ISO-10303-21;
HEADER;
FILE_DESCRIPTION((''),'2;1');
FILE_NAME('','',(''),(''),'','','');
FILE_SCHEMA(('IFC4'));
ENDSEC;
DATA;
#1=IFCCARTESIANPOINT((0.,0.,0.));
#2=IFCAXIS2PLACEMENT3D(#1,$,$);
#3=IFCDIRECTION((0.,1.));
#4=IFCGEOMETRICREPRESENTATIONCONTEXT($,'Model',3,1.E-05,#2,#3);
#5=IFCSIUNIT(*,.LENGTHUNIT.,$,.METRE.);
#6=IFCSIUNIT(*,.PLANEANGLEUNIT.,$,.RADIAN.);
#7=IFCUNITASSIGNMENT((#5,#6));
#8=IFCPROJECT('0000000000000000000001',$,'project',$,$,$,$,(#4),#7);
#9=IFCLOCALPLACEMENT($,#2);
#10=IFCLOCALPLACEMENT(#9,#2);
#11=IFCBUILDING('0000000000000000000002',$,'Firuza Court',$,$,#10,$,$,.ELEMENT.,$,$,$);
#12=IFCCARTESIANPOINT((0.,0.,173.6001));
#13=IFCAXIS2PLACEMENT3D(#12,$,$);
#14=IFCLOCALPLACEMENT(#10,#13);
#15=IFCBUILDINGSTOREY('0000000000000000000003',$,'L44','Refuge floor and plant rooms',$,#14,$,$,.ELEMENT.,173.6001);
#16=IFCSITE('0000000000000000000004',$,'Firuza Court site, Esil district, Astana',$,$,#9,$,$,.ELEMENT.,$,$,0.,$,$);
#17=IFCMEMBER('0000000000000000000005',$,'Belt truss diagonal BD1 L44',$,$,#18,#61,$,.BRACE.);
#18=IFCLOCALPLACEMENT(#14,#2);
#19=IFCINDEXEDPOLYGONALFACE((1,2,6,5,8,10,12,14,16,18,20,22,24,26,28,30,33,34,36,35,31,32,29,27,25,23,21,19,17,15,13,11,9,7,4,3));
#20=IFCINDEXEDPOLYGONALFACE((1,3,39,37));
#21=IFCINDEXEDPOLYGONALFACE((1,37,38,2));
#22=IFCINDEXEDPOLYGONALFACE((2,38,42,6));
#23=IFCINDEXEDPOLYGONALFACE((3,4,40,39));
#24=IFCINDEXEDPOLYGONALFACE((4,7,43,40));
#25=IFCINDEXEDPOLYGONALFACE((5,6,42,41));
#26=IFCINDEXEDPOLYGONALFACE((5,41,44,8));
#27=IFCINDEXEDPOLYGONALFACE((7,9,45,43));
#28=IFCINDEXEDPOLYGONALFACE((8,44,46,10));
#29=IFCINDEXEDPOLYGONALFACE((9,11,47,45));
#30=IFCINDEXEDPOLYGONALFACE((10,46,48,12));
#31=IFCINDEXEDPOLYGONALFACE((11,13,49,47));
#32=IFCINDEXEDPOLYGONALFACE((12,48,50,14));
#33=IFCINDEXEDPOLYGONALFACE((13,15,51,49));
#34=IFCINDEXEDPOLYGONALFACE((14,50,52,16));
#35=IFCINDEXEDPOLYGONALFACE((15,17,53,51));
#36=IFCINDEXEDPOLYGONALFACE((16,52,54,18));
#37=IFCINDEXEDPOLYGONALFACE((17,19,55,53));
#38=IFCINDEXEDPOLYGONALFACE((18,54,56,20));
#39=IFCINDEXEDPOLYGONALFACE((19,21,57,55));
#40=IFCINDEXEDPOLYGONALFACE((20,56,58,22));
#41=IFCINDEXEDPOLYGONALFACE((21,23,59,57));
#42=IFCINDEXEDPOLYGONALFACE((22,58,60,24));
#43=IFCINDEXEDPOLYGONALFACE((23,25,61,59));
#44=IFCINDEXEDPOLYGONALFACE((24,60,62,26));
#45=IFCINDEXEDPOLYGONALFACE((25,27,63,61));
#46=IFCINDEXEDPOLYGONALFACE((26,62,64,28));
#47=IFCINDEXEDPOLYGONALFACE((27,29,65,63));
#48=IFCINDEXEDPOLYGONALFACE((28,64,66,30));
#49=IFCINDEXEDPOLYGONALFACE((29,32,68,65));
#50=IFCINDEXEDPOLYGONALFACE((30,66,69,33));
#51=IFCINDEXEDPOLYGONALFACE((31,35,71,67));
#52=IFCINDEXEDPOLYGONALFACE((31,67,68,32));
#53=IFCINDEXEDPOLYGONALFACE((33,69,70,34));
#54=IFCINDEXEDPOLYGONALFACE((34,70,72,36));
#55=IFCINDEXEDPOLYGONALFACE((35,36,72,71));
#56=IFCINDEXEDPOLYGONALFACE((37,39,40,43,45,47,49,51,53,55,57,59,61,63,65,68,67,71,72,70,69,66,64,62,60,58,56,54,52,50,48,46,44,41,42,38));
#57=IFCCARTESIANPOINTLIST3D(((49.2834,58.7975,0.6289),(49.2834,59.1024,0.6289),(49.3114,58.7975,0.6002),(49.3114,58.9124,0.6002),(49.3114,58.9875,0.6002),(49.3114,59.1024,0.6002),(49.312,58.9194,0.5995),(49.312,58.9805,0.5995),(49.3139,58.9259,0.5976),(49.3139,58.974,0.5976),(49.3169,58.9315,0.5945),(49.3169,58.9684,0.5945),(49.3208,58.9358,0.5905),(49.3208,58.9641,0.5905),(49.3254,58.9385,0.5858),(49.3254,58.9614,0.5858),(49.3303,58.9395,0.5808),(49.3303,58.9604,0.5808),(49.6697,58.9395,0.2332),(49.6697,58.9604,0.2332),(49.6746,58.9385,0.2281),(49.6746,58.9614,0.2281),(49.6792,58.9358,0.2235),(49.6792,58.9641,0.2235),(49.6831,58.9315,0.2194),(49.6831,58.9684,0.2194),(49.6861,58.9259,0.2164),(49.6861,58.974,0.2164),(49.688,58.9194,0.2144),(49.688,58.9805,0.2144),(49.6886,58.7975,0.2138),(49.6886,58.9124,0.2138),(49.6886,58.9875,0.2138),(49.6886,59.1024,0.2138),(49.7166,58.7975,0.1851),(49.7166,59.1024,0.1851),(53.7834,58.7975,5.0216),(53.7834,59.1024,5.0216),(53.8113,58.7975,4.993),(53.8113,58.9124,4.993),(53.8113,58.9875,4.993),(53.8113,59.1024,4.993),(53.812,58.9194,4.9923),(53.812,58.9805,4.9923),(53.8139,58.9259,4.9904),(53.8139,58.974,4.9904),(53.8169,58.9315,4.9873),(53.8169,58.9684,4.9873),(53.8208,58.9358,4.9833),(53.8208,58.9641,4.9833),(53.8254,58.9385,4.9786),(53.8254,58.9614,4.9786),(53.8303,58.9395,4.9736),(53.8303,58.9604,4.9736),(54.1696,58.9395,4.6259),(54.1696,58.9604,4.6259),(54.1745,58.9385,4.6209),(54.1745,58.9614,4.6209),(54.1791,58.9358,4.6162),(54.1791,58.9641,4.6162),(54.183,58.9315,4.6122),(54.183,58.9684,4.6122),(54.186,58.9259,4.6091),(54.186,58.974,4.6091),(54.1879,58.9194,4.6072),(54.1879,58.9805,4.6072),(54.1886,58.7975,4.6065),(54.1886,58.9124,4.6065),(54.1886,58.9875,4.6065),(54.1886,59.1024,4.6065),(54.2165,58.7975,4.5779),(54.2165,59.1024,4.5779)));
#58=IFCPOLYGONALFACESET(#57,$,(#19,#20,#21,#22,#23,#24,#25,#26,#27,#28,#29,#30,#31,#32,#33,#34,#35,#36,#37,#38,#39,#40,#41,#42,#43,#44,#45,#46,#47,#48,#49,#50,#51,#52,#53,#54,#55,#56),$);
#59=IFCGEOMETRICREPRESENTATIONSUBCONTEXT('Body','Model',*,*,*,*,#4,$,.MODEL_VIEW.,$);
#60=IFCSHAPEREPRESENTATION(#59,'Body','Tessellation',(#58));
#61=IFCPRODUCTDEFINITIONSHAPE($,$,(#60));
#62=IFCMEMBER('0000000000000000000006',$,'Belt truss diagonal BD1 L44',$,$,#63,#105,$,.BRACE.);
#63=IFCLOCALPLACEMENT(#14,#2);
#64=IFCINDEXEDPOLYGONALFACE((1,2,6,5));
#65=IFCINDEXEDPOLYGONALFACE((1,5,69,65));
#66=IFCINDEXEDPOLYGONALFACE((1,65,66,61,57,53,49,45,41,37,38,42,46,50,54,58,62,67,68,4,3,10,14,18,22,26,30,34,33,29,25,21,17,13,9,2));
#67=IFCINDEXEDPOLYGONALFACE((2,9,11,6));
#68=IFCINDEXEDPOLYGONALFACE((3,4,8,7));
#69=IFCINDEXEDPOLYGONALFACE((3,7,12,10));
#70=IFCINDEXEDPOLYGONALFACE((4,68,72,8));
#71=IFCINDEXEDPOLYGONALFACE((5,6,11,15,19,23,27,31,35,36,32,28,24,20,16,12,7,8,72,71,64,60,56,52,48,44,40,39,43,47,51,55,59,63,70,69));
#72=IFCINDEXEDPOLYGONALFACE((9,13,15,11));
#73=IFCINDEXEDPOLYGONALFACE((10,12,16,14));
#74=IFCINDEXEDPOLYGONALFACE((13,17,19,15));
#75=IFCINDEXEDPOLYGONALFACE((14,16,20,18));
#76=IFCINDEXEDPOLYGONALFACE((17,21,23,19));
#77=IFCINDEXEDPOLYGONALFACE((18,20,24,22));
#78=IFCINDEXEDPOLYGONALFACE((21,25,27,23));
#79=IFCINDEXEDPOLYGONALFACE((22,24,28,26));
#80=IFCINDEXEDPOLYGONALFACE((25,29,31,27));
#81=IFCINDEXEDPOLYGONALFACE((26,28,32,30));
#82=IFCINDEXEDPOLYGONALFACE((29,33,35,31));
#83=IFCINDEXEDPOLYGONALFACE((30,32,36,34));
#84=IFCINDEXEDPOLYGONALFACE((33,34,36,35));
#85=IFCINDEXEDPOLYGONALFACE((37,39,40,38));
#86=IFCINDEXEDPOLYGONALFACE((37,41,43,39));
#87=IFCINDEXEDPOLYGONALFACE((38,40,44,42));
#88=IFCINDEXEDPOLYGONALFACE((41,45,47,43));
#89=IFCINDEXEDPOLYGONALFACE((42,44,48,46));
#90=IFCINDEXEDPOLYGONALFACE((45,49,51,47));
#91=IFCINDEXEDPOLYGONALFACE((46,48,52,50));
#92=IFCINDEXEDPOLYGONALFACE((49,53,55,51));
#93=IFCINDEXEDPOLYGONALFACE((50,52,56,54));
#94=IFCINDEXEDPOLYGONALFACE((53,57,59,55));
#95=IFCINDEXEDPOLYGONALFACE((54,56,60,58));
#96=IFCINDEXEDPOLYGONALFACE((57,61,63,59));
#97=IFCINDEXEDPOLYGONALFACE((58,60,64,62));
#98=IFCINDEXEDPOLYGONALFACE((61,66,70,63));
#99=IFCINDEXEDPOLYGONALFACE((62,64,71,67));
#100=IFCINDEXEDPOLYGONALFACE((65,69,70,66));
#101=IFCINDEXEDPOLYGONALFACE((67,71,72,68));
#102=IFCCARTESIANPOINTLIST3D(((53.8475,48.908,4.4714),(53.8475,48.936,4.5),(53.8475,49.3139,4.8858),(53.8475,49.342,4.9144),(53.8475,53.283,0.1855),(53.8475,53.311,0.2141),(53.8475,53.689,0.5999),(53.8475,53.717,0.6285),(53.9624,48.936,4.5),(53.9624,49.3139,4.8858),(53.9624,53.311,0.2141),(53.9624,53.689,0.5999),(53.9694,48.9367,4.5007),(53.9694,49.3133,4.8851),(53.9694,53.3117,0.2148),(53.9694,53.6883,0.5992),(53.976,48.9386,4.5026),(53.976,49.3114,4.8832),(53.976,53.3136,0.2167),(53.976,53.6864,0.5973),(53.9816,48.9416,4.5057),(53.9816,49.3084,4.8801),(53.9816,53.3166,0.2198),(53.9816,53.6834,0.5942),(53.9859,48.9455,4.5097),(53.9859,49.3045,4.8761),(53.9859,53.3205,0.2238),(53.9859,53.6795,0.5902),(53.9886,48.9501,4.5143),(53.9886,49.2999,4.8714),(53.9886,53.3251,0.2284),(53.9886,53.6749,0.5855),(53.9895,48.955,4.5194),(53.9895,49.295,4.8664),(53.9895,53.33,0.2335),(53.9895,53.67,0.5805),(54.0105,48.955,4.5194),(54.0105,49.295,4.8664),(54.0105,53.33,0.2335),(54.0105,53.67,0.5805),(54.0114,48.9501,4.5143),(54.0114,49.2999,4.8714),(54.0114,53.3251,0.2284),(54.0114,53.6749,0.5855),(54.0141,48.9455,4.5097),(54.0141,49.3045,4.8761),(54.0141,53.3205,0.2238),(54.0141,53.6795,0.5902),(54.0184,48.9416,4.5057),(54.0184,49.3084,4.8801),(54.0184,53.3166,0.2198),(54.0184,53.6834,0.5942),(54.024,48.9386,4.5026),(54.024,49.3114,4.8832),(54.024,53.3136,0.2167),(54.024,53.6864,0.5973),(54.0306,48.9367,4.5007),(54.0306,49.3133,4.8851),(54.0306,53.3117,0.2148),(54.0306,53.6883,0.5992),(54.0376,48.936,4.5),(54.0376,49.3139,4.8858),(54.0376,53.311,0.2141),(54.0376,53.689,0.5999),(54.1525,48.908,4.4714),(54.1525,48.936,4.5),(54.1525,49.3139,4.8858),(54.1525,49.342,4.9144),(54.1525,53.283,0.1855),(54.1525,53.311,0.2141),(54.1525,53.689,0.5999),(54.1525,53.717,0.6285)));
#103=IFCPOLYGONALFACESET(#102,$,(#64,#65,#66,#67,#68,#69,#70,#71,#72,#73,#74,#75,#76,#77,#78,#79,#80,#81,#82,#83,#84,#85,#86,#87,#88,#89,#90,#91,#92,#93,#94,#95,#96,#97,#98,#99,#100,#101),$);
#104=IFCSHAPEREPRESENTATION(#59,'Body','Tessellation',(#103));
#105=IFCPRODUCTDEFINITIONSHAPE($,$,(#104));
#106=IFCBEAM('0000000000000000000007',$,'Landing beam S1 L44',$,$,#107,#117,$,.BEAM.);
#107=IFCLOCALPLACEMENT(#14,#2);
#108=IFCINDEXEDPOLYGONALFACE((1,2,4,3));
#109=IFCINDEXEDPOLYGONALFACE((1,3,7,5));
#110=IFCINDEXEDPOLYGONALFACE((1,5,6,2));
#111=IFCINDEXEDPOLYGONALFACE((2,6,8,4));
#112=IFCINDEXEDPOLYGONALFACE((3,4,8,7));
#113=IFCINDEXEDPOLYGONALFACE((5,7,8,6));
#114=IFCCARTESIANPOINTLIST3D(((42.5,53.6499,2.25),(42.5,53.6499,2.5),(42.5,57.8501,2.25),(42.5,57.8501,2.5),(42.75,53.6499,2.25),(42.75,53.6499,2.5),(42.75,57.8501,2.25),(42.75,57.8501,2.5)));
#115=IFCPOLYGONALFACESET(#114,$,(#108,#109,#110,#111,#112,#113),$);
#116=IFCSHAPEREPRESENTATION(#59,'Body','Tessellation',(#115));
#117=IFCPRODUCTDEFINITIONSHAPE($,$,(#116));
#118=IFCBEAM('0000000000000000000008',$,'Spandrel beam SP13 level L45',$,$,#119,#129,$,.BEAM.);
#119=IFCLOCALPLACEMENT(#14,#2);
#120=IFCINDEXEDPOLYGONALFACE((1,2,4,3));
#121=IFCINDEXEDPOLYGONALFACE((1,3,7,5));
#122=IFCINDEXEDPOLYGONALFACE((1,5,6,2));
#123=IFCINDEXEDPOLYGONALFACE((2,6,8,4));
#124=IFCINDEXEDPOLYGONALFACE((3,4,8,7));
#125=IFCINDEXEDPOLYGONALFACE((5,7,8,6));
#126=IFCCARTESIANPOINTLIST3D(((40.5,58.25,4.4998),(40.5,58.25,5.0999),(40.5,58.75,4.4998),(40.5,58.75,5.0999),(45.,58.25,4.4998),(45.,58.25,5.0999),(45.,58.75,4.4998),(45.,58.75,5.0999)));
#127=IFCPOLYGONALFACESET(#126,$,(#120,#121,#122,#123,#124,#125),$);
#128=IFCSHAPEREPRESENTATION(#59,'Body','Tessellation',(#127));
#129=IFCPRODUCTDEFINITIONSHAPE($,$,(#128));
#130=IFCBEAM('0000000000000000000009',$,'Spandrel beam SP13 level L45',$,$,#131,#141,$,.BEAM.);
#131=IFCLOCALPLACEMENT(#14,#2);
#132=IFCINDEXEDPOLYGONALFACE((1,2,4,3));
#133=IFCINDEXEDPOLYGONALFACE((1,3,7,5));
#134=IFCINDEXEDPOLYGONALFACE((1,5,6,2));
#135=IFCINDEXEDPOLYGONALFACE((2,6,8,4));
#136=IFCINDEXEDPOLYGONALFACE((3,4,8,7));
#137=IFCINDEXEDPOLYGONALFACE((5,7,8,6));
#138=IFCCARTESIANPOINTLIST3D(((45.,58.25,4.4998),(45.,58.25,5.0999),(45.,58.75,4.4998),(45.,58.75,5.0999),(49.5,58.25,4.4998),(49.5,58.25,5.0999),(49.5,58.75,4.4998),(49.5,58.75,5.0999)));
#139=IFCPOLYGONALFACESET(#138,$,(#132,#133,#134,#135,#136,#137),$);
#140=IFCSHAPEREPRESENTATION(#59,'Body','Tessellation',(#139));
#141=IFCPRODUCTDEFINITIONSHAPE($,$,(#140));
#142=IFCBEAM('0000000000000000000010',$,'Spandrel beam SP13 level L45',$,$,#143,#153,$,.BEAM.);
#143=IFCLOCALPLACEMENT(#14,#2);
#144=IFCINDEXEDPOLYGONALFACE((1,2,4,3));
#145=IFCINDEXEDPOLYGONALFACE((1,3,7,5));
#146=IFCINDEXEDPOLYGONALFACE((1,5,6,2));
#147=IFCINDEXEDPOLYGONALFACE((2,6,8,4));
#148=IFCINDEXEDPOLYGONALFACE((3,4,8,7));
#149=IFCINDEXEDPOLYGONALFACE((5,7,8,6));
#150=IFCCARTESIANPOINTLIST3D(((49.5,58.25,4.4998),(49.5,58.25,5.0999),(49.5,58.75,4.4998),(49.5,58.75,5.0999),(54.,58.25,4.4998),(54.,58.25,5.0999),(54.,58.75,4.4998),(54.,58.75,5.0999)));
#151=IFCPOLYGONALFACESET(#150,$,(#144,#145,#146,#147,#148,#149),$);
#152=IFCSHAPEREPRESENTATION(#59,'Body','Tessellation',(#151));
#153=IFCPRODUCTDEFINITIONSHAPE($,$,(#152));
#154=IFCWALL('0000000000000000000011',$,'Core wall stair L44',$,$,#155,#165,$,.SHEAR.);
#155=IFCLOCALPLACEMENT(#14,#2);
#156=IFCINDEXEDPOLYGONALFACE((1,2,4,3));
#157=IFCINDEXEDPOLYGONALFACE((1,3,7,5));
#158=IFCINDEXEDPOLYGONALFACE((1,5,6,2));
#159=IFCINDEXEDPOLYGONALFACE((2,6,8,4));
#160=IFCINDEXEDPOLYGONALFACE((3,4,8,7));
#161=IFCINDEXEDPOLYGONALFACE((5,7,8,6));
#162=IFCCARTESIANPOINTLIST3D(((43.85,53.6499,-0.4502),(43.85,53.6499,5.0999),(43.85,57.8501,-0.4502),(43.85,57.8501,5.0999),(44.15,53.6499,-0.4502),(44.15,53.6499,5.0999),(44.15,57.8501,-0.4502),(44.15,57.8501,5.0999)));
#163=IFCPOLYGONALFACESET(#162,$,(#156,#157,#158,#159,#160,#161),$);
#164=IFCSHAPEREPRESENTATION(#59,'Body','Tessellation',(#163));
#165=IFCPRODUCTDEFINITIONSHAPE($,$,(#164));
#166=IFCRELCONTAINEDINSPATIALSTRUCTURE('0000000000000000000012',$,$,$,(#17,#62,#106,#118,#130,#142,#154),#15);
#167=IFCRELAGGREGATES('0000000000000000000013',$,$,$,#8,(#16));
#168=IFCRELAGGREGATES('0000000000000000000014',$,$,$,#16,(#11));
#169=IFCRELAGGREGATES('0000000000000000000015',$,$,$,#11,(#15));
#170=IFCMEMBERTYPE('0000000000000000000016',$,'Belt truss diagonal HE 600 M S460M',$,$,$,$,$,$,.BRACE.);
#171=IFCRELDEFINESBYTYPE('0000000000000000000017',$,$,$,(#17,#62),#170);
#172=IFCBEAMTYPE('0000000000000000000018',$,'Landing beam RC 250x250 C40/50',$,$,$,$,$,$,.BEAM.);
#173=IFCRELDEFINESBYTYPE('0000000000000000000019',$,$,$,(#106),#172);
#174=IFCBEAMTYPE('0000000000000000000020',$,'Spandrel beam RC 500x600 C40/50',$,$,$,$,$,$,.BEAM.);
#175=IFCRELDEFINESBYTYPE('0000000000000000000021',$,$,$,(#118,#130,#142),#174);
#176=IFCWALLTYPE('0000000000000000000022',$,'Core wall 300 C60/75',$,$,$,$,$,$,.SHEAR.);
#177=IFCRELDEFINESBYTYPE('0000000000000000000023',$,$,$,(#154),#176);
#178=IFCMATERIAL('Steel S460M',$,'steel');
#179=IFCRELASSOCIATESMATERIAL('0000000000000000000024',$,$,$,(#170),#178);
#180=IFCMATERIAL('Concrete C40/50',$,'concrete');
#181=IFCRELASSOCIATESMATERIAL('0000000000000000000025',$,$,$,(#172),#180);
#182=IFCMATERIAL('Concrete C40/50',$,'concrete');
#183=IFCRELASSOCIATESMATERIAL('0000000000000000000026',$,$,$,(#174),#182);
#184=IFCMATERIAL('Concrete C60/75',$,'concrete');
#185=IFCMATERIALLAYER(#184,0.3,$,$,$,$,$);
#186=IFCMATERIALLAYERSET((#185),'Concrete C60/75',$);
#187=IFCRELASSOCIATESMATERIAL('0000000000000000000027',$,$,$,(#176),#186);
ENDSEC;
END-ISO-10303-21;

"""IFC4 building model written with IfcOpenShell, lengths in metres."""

from ifc_helpers import new_model, si_unit, direction, frame, frame_2d, origin, origin_2d, place, context, subcontext, project, spatial, rectangle, i_section, extrude, material, layer, layer_set, material_profile, profile_set, type_object, element, save


model = new_model("IFC4")

# Units and contexts
model_context = context("Model", 3, precision=1e-05, world=origin(), true_north=direction((0.0, 1.0)))
body_context = subcontext(model_context, "Body", "Model", "MODEL_VIEW")
ifc_project = project(units=[si_unit("LENGTHUNIT", "METRE"), si_unit("PLANEANGLEUNIT", "RADIAN")], contexts=[model_context])

# Site, building, storey
site_placement = place(None, origin())
site = spatial("IfcSite", under=ifc_project, at=site_placement, Name="Firuza Court site, Esil district, Astana", CompositionType="ELEMENT", RefElevation=0.0)
building_placement = place(site_placement, origin())
building = spatial("IfcBuilding", under=site, at=building_placement, Name="Firuza Court", CompositionType="ELEMENT")
storey_placement = place(building_placement, frame((0.0, 0.0, 173.6001)))
storey = spatial("IfcBuildingStorey", under=building, at=storey_placement, Name="L44", Description="Refuge floor and plant rooms", CompositionType="ELEMENT", Elevation=173.6001)

# Members
ifc_material_1 = material(Name="Steel S460M", Category="steel")
ifc_material_profile_1 = material_profile(ifc_material_1, i_section(OverallWidth=0.3049, OverallDepth=0.6201, WebThickness=0.021, FlangeThickness=0.04, FilletRadius=0.0271, at=origin_2d()), Name="HE 600 M")
ifc_profile_set_1 = profile_set([ifc_material_profile_1], Name="Steel S460M")
member_type_1 = type_object("IfcMemberType", Name="Belt truss diagonal HE 600 M S460M", PredefinedType="BRACE", material=ifc_profile_set_1)
member_1_placement = place(storey_placement, frame((49.5, 58.95, 0.407), z_axis=(0.715577, 0.0, 0.698534), x_axis=(0.0, 1.0, 0.0)))
element("IfcMember", 1, at=member_1_placement, inside=storey, type_object=member_type_1, Name="Belt truss diagonal BD1 L44", PredefinedType="BRACE", context=body_context, shape_type="SweptSolid", body=[
    extrude(i_section(OverallWidth=0.3049, OverallDepth=0.6201, WebThickness=0.021, FlangeThickness=0.04, FilletRadius=0.0271, at=origin_2d()), origin(), (0.0, 0.0, 1.0), 6.2886),
])
member_2_placement = place(storey_placement, frame((54.0, 53.5, 0.407), z_axis=(0.0, -0.714344, 0.699794), x_axis=(1.0, 0.0, 0.0)))
element("IfcMember", 2, at=member_2_placement, inside=storey, type_object=member_type_1, Name="Belt truss diagonal BD1 L44", PredefinedType="BRACE", context=body_context, shape_type="SweptSolid", body=[
    extrude(i_section(OverallWidth=0.3049, OverallDepth=0.6201, WebThickness=0.021, FlangeThickness=0.04, FilletRadius=0.0271, at=origin_2d()), origin(), (0.0, 0.0, 1.0), 6.1245),
])

# Beams
ifc_material_2 = material(Name="Concrete C40/50", Category="concrete")
ifc_material_profile_2 = material_profile(ifc_material_2, rectangle(XDim=0.25, YDim=0.25, at=origin_2d()), Name="RC 250x250")
ifc_profile_set_2 = profile_set([ifc_material_profile_2], Name="Concrete C40/50")
beam_type_1 = type_object("IfcBeamType", Name="Landing beam RC 250x250 C40/50", PredefinedType="BEAM", material=ifc_profile_set_2)
beam_placement = place(storey_placement, frame((42.625, 53.6499, 2.375), z_axis=(0.0, 1.0, 0.0), x_axis=(-1.0, 0.0, 0.0)))
element("IfcBeam", 3, at=beam_placement, inside=storey, type_object=beam_type_1, Name="Landing beam S1 L44", PredefinedType="BEAM", context=body_context, shape_type="SweptSolid", body=[
    extrude(rectangle(XDim=0.25, YDim=0.25, at=origin_2d()), origin(), (0.0, 0.0, 1.0), 4.2002),
])
ifc_material_3 = material(Name="Concrete C40/50", Category="concrete")
ifc_material_profile_3 = material_profile(ifc_material_3, rectangle(XDim=0.5, YDim=0.6001, at=origin_2d()), Name="RC 500x600")
ifc_profile_set_3 = profile_set([ifc_material_profile_3], Name="Concrete C40/50")
beam_type_2 = type_object("IfcBeamType", Name="Spandrel beam RC 500x600 C40/50", PredefinedType="BEAM", material=ifc_profile_set_3)
for number, where, z_axis, x_axis, name in (
    (4, (45.0, 58.5, 4.7998), (-1.0, 0.0, 0.0), (0.0, -1.0, 0.0), "Spandrel beam SP13 level L45"),
    (5, (49.5, 58.5, 4.7998), (-1.0, 0.0, 0.0), (0.0, -1.0, 0.0), "Spandrel beam SP13 level L45"),
    (6, (54.0, 58.5, 4.7998), (-1.0, 0.0, 0.0), (0.0, -1.0, 0.0), "Spandrel beam SP13 level L45"),
):
    element("IfcBeam", number, at=place(storey_placement, frame(where, z_axis=z_axis, x_axis=x_axis)), inside=storey, type_object=beam_type_2, Name=name, PredefinedType="BEAM", context=body_context, shape_type="SweptSolid", body=[
        extrude(rectangle(XDim=0.5, YDim=0.6001, at=origin_2d()), origin(), (0.0, 0.0, 1.0), 4.5),
    ])

# Wall
ifc_material_4 = material(Name="Concrete C60/75", Category="concrete")
ifc_layer_1 = layer(ifc_material_4, 0.3)
ifc_layer_set_1 = layer_set([ifc_layer_1], Name="Concrete C60/75")
wall_type_1 = type_object("IfcWallType", Name="Core wall 300 C60/75", PredefinedType="SHEAR", material=ifc_layer_set_1)
wall_1_placement = place(storey_placement, frame((44.0, 53.6499, -0.4502), z_axis=(0.0, 0.0, 1.0), x_axis=(0.0, 1.0, 0.0)))
element("IfcWall", 7, at=wall_1_placement, inside=storey, type_object=wall_type_1, Name="Core wall stair L44", PredefinedType="SHEAR", context=body_context, shape_type="SweptSolid", body=[
    extrude(rectangle(XDim=4.2002, YDim=0.3, at=frame_2d((2.1001, 0.0))), origin(), (0.0, 0.0, 1.0), 5.55),
])

save(model, "model.ifc")
